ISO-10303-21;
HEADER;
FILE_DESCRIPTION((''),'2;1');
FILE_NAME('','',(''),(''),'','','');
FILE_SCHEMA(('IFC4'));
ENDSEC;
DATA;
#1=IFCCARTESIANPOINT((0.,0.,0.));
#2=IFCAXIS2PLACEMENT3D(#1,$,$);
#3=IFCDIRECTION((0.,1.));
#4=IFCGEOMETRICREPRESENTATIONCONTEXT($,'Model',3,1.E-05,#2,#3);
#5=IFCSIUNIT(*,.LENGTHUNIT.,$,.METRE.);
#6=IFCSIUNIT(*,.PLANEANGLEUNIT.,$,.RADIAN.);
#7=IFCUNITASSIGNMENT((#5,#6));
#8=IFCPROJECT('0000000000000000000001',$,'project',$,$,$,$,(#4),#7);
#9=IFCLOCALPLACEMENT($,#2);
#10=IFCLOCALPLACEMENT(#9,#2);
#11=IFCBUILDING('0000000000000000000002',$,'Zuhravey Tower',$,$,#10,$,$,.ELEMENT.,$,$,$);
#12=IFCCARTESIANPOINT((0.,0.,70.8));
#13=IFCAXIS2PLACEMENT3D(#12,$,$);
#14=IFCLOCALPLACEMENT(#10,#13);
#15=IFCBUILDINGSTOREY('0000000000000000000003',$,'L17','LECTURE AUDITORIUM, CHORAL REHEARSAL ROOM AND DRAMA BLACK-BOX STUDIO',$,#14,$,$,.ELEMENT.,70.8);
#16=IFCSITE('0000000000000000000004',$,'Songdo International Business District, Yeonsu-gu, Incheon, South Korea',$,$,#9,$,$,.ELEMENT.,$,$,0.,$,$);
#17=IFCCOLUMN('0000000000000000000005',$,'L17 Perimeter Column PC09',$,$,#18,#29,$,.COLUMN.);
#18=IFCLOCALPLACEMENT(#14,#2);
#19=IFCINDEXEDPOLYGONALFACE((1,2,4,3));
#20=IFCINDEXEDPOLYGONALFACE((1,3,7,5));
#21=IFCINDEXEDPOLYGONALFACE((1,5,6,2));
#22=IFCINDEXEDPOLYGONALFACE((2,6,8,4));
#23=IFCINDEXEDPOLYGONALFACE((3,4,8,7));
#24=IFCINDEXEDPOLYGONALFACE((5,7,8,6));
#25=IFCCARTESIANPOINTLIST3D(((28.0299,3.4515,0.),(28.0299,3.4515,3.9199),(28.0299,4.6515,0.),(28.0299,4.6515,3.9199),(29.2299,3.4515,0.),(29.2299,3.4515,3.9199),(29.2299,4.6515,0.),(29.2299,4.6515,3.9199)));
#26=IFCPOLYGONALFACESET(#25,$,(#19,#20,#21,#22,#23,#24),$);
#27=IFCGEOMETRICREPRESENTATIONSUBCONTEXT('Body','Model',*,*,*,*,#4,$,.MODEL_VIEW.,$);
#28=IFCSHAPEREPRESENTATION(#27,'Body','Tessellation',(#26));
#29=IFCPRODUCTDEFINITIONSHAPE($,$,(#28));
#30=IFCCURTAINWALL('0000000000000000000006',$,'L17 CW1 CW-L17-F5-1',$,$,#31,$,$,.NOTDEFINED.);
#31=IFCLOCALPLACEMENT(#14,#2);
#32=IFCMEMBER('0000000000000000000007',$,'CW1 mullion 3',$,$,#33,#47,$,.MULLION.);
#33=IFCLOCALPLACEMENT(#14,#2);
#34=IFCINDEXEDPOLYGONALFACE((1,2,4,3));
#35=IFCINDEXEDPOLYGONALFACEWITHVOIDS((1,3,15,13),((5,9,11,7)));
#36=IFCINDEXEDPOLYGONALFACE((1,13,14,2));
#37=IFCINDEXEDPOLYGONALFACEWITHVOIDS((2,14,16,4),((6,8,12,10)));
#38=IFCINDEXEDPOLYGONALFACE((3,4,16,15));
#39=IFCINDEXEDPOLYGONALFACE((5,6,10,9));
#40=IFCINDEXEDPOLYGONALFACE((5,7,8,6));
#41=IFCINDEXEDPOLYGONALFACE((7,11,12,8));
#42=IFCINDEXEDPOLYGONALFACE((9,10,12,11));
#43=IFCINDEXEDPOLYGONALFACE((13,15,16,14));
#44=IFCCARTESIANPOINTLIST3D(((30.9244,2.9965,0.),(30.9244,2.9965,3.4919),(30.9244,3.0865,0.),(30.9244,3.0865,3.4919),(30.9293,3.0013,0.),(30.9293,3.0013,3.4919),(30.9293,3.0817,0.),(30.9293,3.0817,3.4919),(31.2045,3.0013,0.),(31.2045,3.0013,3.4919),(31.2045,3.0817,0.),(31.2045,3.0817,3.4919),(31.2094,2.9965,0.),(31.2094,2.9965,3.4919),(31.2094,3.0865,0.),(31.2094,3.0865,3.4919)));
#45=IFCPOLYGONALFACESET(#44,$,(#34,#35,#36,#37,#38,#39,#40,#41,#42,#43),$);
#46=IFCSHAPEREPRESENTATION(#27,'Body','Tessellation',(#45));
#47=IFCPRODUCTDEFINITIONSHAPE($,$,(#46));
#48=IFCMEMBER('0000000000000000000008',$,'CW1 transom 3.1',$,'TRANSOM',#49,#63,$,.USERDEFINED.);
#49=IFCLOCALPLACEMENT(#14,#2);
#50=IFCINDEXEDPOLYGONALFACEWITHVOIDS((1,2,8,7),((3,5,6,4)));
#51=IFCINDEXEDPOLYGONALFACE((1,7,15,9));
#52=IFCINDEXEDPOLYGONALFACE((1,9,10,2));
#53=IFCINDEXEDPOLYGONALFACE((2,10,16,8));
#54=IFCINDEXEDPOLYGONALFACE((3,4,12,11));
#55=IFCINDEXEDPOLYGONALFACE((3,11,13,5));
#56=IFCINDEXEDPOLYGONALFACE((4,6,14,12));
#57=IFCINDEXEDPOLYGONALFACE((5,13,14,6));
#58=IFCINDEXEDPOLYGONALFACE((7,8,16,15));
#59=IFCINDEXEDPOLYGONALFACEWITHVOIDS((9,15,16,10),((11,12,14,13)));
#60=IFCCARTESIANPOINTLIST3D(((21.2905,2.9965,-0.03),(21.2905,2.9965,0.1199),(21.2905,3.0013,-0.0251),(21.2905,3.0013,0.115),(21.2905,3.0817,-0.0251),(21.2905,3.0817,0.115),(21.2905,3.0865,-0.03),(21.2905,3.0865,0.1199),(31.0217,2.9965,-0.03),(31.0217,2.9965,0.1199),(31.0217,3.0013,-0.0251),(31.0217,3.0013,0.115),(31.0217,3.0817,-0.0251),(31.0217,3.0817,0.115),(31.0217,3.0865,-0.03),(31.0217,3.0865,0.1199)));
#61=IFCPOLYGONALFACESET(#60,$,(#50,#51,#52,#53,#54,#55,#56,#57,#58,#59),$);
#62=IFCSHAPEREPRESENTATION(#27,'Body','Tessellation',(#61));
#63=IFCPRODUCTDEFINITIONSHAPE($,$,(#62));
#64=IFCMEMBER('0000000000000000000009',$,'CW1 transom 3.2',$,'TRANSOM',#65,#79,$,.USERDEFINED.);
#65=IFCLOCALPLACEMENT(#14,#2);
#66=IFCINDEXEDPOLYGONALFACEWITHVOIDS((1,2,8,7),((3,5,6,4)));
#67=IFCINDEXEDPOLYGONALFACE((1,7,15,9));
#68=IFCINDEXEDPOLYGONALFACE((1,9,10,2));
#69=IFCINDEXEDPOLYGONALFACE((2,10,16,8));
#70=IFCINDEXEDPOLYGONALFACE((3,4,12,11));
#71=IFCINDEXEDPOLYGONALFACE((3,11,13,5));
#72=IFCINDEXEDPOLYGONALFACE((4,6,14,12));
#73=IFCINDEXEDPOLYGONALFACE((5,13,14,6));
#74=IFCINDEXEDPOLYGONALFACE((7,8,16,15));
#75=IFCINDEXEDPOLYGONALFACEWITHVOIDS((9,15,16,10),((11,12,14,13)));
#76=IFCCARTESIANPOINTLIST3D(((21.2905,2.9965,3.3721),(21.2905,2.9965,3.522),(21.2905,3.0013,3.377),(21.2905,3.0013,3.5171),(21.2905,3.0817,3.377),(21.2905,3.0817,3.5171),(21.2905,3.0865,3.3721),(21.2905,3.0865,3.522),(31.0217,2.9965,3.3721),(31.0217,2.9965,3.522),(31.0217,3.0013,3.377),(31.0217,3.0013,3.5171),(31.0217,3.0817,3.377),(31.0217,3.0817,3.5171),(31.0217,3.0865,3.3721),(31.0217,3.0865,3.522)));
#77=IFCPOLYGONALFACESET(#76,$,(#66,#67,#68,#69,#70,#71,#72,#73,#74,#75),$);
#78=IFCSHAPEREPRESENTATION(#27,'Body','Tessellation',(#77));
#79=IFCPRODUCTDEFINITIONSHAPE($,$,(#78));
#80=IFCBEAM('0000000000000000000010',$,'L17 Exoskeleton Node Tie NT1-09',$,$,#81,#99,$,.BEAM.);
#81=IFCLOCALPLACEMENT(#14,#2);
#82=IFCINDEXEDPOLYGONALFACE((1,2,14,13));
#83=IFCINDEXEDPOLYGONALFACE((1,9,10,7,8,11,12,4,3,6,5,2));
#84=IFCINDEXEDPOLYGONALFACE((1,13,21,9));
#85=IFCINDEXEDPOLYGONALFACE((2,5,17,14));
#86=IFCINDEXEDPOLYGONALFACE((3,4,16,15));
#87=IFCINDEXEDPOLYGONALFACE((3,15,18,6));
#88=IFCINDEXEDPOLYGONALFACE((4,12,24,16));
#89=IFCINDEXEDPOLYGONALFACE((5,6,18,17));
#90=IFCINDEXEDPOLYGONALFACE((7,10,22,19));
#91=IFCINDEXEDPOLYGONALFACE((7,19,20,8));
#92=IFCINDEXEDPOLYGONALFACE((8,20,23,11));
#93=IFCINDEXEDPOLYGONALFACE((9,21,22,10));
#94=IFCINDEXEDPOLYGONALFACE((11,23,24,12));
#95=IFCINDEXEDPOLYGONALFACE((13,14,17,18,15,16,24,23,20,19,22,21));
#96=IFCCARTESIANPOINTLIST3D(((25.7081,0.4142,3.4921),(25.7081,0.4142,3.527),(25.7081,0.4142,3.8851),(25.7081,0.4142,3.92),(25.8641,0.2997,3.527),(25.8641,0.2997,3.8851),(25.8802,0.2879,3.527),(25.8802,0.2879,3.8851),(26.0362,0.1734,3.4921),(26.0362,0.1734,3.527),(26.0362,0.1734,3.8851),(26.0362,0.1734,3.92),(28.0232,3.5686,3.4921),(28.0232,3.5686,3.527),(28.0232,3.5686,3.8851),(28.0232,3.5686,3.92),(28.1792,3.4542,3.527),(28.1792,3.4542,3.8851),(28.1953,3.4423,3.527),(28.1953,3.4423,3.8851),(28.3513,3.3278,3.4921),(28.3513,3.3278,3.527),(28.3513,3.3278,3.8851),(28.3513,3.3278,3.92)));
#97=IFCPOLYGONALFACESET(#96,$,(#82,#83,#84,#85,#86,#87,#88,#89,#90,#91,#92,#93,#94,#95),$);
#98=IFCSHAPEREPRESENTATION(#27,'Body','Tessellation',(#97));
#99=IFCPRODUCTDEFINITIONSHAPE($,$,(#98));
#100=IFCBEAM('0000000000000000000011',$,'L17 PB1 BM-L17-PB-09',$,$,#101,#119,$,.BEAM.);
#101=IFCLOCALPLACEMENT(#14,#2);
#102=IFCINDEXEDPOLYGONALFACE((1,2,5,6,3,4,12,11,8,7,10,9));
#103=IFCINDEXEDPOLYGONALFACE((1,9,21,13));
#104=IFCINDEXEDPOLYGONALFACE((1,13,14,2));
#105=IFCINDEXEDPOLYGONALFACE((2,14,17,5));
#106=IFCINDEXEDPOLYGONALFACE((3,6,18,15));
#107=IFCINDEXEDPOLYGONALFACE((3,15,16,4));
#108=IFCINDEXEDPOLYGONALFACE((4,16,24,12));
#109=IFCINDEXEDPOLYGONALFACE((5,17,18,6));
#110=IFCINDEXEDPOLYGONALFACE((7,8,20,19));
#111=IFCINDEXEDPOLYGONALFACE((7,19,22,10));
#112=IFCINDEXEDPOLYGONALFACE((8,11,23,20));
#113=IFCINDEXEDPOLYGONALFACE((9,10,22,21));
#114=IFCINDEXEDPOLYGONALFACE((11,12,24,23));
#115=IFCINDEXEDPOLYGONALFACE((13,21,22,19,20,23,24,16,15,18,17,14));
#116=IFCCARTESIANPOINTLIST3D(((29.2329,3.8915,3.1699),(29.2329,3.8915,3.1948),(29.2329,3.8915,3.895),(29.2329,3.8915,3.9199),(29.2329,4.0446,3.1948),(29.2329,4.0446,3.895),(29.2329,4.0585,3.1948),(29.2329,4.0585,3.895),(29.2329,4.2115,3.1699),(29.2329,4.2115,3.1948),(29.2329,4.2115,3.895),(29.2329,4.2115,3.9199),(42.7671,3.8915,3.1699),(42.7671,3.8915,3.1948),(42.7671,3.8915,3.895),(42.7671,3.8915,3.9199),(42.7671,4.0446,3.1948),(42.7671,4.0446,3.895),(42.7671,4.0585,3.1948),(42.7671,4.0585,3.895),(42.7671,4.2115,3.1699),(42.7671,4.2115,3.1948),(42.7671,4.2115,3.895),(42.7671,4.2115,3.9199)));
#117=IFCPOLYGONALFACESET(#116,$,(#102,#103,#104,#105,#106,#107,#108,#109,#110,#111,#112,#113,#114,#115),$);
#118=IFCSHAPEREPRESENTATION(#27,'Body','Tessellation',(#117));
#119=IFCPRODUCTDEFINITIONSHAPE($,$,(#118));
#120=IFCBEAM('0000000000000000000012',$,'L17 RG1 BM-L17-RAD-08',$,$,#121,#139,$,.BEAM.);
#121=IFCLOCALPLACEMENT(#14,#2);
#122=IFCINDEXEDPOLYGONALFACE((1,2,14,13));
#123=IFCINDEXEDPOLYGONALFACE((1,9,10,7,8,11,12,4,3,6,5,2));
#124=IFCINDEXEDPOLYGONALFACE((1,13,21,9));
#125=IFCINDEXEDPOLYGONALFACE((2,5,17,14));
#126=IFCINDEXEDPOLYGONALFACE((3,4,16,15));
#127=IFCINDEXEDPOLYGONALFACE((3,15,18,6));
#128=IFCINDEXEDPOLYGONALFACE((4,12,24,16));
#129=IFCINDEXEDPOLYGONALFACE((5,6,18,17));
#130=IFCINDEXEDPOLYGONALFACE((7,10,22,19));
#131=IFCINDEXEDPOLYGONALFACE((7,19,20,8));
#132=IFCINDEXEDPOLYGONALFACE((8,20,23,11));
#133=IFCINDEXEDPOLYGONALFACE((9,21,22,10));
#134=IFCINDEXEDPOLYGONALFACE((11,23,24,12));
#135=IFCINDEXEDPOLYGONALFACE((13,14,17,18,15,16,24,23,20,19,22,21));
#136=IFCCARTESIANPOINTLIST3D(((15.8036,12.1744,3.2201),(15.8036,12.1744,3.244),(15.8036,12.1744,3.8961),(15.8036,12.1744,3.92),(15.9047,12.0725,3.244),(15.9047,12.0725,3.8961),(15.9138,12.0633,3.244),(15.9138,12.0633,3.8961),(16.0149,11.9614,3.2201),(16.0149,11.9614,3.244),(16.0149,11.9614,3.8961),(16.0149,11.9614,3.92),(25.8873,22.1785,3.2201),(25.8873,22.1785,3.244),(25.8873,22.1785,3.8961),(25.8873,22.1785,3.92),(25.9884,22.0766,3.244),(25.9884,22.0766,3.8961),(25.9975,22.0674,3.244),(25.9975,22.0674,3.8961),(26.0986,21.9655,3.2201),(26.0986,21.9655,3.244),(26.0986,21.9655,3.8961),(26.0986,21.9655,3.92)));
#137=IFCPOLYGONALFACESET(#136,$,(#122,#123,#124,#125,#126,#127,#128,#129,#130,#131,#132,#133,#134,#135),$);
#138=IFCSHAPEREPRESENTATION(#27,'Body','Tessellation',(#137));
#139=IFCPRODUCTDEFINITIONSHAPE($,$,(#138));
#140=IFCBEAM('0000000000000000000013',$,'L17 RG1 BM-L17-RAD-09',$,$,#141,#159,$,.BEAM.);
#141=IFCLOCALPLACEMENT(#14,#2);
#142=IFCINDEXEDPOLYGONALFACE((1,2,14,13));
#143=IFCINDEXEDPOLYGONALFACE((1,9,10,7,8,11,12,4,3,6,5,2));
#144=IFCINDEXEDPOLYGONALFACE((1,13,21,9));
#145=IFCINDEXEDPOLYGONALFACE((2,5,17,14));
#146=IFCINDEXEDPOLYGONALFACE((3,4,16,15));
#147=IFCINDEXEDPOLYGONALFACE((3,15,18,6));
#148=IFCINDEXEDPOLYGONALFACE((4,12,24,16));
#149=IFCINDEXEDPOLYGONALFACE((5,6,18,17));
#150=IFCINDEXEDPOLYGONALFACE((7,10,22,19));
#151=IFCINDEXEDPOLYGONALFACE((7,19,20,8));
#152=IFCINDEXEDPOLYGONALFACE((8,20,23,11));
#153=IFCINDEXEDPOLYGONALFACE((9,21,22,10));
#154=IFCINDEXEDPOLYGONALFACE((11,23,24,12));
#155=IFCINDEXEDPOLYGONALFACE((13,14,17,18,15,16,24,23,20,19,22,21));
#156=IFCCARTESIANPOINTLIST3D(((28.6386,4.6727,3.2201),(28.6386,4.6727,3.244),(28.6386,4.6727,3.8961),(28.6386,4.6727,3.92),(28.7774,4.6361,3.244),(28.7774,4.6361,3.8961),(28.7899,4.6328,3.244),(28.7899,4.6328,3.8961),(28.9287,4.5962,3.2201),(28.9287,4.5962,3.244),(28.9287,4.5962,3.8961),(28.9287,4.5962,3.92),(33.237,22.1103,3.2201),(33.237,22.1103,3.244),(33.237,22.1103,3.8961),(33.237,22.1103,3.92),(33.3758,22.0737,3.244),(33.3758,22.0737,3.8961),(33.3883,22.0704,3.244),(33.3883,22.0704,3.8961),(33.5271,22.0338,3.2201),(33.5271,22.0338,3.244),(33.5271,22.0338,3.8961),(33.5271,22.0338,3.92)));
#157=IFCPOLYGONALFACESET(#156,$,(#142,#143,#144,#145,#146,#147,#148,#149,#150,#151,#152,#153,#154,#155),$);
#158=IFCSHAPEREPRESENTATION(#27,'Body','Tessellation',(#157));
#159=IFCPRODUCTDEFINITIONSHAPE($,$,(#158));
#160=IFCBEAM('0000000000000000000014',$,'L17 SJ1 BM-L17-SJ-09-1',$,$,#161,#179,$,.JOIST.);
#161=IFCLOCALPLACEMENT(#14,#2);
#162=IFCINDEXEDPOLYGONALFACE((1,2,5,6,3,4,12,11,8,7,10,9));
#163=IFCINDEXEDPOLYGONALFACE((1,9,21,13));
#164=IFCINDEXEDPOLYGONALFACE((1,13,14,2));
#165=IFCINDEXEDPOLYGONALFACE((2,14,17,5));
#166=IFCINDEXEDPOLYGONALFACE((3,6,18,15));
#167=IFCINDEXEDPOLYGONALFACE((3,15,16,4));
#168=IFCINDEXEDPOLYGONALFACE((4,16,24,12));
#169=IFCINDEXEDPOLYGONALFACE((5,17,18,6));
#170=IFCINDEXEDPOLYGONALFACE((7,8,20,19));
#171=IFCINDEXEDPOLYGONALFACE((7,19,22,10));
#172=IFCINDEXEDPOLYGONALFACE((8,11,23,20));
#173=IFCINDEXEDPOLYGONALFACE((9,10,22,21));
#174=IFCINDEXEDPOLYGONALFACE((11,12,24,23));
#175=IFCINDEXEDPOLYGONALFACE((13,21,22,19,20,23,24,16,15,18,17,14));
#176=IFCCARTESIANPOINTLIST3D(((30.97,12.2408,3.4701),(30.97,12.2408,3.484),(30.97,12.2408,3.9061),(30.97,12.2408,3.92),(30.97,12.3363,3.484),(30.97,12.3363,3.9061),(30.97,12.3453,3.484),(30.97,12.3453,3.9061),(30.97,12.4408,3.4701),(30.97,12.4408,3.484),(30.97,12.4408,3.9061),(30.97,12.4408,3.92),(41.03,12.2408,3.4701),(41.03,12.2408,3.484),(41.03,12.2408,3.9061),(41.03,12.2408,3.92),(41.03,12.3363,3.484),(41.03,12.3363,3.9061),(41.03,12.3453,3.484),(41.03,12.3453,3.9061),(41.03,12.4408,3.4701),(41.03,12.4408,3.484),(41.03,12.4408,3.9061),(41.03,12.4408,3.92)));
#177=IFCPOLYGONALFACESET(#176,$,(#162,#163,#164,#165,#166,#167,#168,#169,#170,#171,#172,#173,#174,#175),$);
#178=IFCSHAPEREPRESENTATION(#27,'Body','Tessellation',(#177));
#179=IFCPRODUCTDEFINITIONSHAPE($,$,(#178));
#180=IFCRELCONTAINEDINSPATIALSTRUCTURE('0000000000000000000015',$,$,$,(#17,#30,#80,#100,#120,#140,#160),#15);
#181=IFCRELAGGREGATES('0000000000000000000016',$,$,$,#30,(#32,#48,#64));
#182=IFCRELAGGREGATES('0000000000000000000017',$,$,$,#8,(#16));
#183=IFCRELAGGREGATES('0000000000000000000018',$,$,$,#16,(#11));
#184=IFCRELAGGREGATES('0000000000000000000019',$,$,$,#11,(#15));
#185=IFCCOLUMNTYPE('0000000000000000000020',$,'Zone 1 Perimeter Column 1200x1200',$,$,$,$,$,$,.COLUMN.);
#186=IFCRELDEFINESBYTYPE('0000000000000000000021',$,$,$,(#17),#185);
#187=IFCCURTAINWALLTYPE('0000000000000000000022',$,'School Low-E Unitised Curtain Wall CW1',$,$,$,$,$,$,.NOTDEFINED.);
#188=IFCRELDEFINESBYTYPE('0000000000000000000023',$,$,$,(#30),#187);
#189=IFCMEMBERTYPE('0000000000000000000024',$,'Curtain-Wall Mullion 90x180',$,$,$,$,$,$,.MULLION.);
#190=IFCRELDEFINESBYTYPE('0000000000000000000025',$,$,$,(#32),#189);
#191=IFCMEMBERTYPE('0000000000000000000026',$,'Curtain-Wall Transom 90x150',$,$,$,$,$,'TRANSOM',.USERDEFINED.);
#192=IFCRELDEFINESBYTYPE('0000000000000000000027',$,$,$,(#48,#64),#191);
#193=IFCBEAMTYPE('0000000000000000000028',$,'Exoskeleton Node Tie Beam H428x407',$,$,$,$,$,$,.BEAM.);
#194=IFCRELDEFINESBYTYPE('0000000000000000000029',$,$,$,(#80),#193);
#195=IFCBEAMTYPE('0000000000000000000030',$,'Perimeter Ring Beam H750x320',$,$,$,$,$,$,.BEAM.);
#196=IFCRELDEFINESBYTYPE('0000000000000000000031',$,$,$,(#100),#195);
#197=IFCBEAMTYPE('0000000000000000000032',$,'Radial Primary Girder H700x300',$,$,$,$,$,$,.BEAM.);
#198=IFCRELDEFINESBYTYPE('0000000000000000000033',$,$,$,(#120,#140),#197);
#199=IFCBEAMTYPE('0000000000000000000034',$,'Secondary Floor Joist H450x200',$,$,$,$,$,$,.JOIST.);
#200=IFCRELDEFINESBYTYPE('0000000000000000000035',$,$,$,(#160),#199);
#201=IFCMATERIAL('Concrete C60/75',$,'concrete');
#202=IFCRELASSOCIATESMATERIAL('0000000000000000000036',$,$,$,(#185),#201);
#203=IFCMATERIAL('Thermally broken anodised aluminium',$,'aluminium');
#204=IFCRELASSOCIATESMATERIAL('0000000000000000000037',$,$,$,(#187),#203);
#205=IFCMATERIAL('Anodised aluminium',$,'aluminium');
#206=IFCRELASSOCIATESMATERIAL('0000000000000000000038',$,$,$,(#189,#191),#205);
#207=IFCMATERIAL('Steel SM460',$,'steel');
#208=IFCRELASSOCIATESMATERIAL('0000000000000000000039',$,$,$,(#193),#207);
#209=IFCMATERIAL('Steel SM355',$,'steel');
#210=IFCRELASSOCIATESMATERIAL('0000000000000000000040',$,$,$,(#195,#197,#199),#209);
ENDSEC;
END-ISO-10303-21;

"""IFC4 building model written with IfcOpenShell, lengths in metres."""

from ifc_helpers import new_model, si_unit, direction, frame, origin, origin_2d, place, context, subcontext, project, spatial, rectangle, hollow_rectangle, i_section, extrude, material, material_profile, profile_set, type_object, element, aggregate, save


model = new_model("IFC4")

# Units and contexts
model_context = context("Model", 3, precision=1e-05, world=origin(), true_north=direction((0.0, 1.0)))
body_context = subcontext(model_context, "Body", "Model", "MODEL_VIEW")
ifc_project = project(units=[si_unit("LENGTHUNIT", "METRE"), si_unit("PLANEANGLEUNIT", "RADIAN")], contexts=[model_context])

# Site, building, storey
site_placement = place(None, origin())
site = spatial("IfcSite", under=ifc_project, at=site_placement, Name="Songdo International Business District, Yeonsu-gu, Incheon, South Korea", CompositionType="ELEMENT", RefElevation=0.0)
building_placement = place(site_placement, origin())
building = spatial("IfcBuilding", under=site, at=building_placement, Name="Zuhravey Tower", CompositionType="ELEMENT")
storey_placement = place(building_placement, frame((0.0, 0.0, 70.8)))
storey = spatial("IfcBuildingStorey", under=building, at=storey_placement, Name="L17", Description="LECTURE AUDITORIUM, CHORAL REHEARSAL ROOM AND DRAMA BLACK-BOX STUDIO", CompositionType="ELEMENT", Elevation=70.8)

# Column
ifc_material_1 = material(Name="Concrete C60/75", Category="concrete")
ifc_material_profile_1 = material_profile(ifc_material_1, rectangle(XDim=1.2, YDim=1.2, at=origin_2d()), Name="RC-1200x1200")
ifc_profile_set_1 = profile_set([ifc_material_profile_1], Name="Concrete C60/75")
column_type = type_object("IfcColumnType", Name="Zone 1 Perimeter Column 1200x1200", PredefinedType="COLUMN", material=ifc_profile_set_1)
column_placement = place(storey_placement, frame((28.6299, 4.0515, 0.0), z_axis=(0.0, 0.0, 1.0), x_axis=(1.0, 0.0, 0.0)))
element("IfcColumn", 1, at=column_placement, inside=storey, type_object=column_type, Name="L17 Perimeter Column PC09", PredefinedType="COLUMN", context=body_context, shape_type="SweptSolid", body=[
    extrude(rectangle(XDim=1.2, YDim=1.2, at=origin_2d()), origin(), (0.0, 0.0, 1.0), 3.9199),
])

# Curtain wall, members
ifc_material_2 = material(Name="Thermally broken anodised aluminium", Category="aluminium")
curtain_wall_type = type_object("IfcCurtainWallType", Name="School Low-E Unitised Curtain Wall CW1", PredefinedType="NOTDEFINED", material=ifc_material_2)
curtain_wall_placement = place(storey_placement, origin())
curtain_wall = element("IfcCurtainWall", 2, at=curtain_wall_placement, inside=storey, type_object=curtain_wall_type, Name="L17 CW1 CW-L17-F5-1", PredefinedType="NOTDEFINED")
ifc_material_3 = material(Name="Anodised aluminium", Category="aluminium")
ifc_material_profile_2 = material_profile(ifc_material_3, hollow_rectangle(XDim=0.0901, YDim=0.2849, WallThickness=0.0049, at=origin_2d()), Name="ALU-RHS-90x285x5")
ifc_profile_set_2 = profile_set([ifc_material_profile_2], Name="Anodised aluminium")
member_type_1 = type_object("IfcMemberType", Name="Curtain-Wall Mullion 90x180", PredefinedType="MULLION", material=ifc_profile_set_2)
member_1_placement = place(storey_placement, frame((31.0669, 3.0415, 0.0), z_axis=(0.0, 0.0, 1.0), x_axis=(0.0, -1.0, 0.0)))
member_1 = element("IfcMember", 3, at=member_1_placement, type_object=member_type_1, Name="CW1 mullion 3", PredefinedType="MULLION", context=body_context, shape_type="SweptSolid", body=[
    extrude(hollow_rectangle(XDim=0.0901, YDim=0.2849, WallThickness=0.0049, at=origin_2d()), origin(), (0.0, 0.0, 1.0), 3.4919),
])
ifc_material_profile_3 = material_profile(ifc_material_3, hollow_rectangle(XDim=0.0901, YDim=0.1499, WallThickness=0.0049, at=origin_2d()), Name="ALU-RHS-90x150x5")
ifc_profile_set_3 = profile_set([ifc_material_profile_3], Name="Anodised aluminium")
member_type_2 = type_object("IfcMemberType", Name="Curtain-Wall Transom 90x150", ElementType="TRANSOM", PredefinedType="USERDEFINED", material=ifc_profile_set_3)
member_2_placement = place(storey_placement, frame((31.0217, 3.0415, 0.0449), z_axis=(-1.0, 0.0, 0.0), x_axis=(0.0, -1.0, 0.0)))
member_2 = element("IfcMember", 4, at=member_2_placement, type_object=member_type_2, Name="CW1 transom 3.1", ObjectType="TRANSOM", PredefinedType="USERDEFINED", context=body_context, shape_type="SweptSolid", body=[
    extrude(hollow_rectangle(XDim=0.0901, YDim=0.1499, WallThickness=0.0049, at=origin_2d()), origin(), (0.0, 0.0, 1.0), 9.7312),
])
member_3_placement = place(storey_placement, frame((31.0217, 3.0415, 3.447), z_axis=(-1.0, 0.0, 0.0), x_axis=(0.0, -1.0, 0.0)))
member_3 = element("IfcMember", 5, at=member_3_placement, type_object=member_type_2, Name="CW1 transom 3.2", ObjectType="TRANSOM", PredefinedType="USERDEFINED", context=body_context, shape_type="SweptSolid", body=[
    extrude(hollow_rectangle(XDim=0.0901, YDim=0.1499, WallThickness=0.0049, at=origin_2d()), origin(), (0.0, 0.0, 1.0), 9.7312),
])

# Beams
ifc_material_4 = material(Name="Steel SM460", Category="steel")
ifc_material_profile_4 = material_profile(ifc_material_4, i_section(OverallWidth=0.407, OverallDepth=0.428, WebThickness=0.02, FlangeThickness=0.0349, at=origin_2d()), Name="H-428x407x20x35")
ifc_profile_set_4 = profile_set([ifc_material_profile_4], Name="Steel SM460")
beam_type_1 = type_object("IfcBeamType", Name="Exoskeleton Node Tie Beam H428x407", PredefinedType="BEAM", material=ifc_profile_set_4)
beam_1_placement = place(storey_placement, frame((28.1873, 3.4482, 3.7061), z_axis=(-0.591672, -0.806179, 0.0), x_axis=(0.806179, -0.591672, 0.0)))
element("IfcBeam", 6, at=beam_1_placement, inside=storey, type_object=beam_type_1, Name="L17 Exoskeleton Node Tie NT1-09", PredefinedType="BEAM", context=body_context, shape_type="SweptSolid", body=[
    extrude(i_section(OverallWidth=0.407, OverallDepth=0.428, WebThickness=0.02, FlangeThickness=0.0349, at=origin_2d()), origin(), (0.0, 0.0, 1.0), 3.9128),
])
ifc_material_5 = material(Name="Steel SM355", Category="steel")
ifc_material_profile_5 = material_profile(ifc_material_5, i_section(OverallWidth=0.3201, OverallDepth=0.75, WebThickness=0.0139, FlangeThickness=0.0249, at=origin_2d()), Name="H-750x320x14x25")
ifc_profile_set_5 = profile_set([ifc_material_profile_5], Name="Steel SM355")
beam_type_2 = type_object("IfcBeamType", Name="Perimeter Ring Beam H750x320", PredefinedType="BEAM", material=ifc_profile_set_5)
beam_2_placement = place(storey_placement, frame((29.2329, 4.0515, 3.5449), z_axis=(1.0, 0.0, 0.0), x_axis=(0.0, 1.0, 0.0)))
element("IfcBeam", 7, at=beam_2_placement, inside=storey, type_object=beam_type_2, Name="L17 PB1 BM-L17-PB-09", PredefinedType="BEAM", context=body_context, shape_type="SweptSolid", body=[
    extrude(i_section(OverallWidth=0.3201, OverallDepth=0.75, WebThickness=0.0139, FlangeThickness=0.0249, at=origin_2d()), origin(), (0.0, 0.0, 1.0), 13.5342),
])
ifc_material_profile_6 = material_profile(ifc_material_5, i_section(OverallWidth=0.3, OverallDepth=0.7, WebThickness=0.0129, FlangeThickness=0.0239, at=origin_2d()), Name="H-700x300x13x24")
ifc_profile_set_6 = profile_set([ifc_material_profile_6], Name="Steel SM355")
beam_type_3 = type_object("IfcBeamType", Name="Radial Primary Girder H700x300", PredefinedType="BEAM", material=ifc_profile_set_6)
beam_3_placement = place(storey_placement, frame((25.9929, 22.072, 3.5701), z_axis=(-0.709903, -0.7043, 0.0), x_axis=(0.7043, -0.709903, 0.0)))
element("IfcBeam", 8, at=beam_3_placement, inside=storey, type_object=beam_type_3, Name="L17 RG1 BM-L17-RAD-08", PredefinedType="BEAM", context=body_context, shape_type="SweptSolid", body=[
    extrude(i_section(OverallWidth=0.3, OverallDepth=0.7, WebThickness=0.0129, FlangeThickness=0.0239, at=origin_2d()), origin(), (0.0, 0.0, 1.0), 14.2043),
])
beam_4_placement = place(storey_placement, frame((33.3821, 22.072, 3.5701), z_axis=(-0.25499, -0.966944, 0.0), x_axis=(0.966944, -0.25499, 0.0)))
element("IfcBeam", 9, at=beam_4_placement, inside=storey, type_object=beam_type_3, Name="L17 RG1 BM-L17-RAD-09", PredefinedType="BEAM", context=body_context, shape_type="SweptSolid", body=[
    extrude(i_section(OverallWidth=0.3, OverallDepth=0.7, WebThickness=0.0129, FlangeThickness=0.0239, at=origin_2d()), origin(), (0.0, 0.0, 1.0), 18.0337),
])
ifc_material_profile_7 = material_profile(ifc_material_5, i_section(OverallWidth=0.2, OverallDepth=0.45, WebThickness=0.009, FlangeThickness=0.0139, at=origin_2d()), Name="H-450x200x9x14")
ifc_profile_set_7 = profile_set([ifc_material_profile_7], Name="Steel SM355")
beam_type_4 = type_object("IfcBeamType", Name="Secondary Floor Joist H450x200", PredefinedType="JOIST", material=ifc_profile_set_7)
beam_5_placement = place(storey_placement, frame((30.97, 12.3408, 3.6951), z_axis=(1.0, 0.0, 0.0), x_axis=(0.0, 1.0, 0.0)))
element("IfcBeam", 10, at=beam_5_placement, inside=storey, type_object=beam_type_4, Name="L17 SJ1 BM-L17-SJ-09-1", PredefinedType="JOIST", context=body_context, shape_type="SweptSolid", body=[
    extrude(i_section(OverallWidth=0.2, OverallDepth=0.45, WebThickness=0.009, FlangeThickness=0.0139, at=origin_2d()), origin(), (0.0, 0.0, 1.0), 10.0601),
])

aggregate(curtain_wall, [member_1, member_2, member_3])

save(model, "model.ifc")
